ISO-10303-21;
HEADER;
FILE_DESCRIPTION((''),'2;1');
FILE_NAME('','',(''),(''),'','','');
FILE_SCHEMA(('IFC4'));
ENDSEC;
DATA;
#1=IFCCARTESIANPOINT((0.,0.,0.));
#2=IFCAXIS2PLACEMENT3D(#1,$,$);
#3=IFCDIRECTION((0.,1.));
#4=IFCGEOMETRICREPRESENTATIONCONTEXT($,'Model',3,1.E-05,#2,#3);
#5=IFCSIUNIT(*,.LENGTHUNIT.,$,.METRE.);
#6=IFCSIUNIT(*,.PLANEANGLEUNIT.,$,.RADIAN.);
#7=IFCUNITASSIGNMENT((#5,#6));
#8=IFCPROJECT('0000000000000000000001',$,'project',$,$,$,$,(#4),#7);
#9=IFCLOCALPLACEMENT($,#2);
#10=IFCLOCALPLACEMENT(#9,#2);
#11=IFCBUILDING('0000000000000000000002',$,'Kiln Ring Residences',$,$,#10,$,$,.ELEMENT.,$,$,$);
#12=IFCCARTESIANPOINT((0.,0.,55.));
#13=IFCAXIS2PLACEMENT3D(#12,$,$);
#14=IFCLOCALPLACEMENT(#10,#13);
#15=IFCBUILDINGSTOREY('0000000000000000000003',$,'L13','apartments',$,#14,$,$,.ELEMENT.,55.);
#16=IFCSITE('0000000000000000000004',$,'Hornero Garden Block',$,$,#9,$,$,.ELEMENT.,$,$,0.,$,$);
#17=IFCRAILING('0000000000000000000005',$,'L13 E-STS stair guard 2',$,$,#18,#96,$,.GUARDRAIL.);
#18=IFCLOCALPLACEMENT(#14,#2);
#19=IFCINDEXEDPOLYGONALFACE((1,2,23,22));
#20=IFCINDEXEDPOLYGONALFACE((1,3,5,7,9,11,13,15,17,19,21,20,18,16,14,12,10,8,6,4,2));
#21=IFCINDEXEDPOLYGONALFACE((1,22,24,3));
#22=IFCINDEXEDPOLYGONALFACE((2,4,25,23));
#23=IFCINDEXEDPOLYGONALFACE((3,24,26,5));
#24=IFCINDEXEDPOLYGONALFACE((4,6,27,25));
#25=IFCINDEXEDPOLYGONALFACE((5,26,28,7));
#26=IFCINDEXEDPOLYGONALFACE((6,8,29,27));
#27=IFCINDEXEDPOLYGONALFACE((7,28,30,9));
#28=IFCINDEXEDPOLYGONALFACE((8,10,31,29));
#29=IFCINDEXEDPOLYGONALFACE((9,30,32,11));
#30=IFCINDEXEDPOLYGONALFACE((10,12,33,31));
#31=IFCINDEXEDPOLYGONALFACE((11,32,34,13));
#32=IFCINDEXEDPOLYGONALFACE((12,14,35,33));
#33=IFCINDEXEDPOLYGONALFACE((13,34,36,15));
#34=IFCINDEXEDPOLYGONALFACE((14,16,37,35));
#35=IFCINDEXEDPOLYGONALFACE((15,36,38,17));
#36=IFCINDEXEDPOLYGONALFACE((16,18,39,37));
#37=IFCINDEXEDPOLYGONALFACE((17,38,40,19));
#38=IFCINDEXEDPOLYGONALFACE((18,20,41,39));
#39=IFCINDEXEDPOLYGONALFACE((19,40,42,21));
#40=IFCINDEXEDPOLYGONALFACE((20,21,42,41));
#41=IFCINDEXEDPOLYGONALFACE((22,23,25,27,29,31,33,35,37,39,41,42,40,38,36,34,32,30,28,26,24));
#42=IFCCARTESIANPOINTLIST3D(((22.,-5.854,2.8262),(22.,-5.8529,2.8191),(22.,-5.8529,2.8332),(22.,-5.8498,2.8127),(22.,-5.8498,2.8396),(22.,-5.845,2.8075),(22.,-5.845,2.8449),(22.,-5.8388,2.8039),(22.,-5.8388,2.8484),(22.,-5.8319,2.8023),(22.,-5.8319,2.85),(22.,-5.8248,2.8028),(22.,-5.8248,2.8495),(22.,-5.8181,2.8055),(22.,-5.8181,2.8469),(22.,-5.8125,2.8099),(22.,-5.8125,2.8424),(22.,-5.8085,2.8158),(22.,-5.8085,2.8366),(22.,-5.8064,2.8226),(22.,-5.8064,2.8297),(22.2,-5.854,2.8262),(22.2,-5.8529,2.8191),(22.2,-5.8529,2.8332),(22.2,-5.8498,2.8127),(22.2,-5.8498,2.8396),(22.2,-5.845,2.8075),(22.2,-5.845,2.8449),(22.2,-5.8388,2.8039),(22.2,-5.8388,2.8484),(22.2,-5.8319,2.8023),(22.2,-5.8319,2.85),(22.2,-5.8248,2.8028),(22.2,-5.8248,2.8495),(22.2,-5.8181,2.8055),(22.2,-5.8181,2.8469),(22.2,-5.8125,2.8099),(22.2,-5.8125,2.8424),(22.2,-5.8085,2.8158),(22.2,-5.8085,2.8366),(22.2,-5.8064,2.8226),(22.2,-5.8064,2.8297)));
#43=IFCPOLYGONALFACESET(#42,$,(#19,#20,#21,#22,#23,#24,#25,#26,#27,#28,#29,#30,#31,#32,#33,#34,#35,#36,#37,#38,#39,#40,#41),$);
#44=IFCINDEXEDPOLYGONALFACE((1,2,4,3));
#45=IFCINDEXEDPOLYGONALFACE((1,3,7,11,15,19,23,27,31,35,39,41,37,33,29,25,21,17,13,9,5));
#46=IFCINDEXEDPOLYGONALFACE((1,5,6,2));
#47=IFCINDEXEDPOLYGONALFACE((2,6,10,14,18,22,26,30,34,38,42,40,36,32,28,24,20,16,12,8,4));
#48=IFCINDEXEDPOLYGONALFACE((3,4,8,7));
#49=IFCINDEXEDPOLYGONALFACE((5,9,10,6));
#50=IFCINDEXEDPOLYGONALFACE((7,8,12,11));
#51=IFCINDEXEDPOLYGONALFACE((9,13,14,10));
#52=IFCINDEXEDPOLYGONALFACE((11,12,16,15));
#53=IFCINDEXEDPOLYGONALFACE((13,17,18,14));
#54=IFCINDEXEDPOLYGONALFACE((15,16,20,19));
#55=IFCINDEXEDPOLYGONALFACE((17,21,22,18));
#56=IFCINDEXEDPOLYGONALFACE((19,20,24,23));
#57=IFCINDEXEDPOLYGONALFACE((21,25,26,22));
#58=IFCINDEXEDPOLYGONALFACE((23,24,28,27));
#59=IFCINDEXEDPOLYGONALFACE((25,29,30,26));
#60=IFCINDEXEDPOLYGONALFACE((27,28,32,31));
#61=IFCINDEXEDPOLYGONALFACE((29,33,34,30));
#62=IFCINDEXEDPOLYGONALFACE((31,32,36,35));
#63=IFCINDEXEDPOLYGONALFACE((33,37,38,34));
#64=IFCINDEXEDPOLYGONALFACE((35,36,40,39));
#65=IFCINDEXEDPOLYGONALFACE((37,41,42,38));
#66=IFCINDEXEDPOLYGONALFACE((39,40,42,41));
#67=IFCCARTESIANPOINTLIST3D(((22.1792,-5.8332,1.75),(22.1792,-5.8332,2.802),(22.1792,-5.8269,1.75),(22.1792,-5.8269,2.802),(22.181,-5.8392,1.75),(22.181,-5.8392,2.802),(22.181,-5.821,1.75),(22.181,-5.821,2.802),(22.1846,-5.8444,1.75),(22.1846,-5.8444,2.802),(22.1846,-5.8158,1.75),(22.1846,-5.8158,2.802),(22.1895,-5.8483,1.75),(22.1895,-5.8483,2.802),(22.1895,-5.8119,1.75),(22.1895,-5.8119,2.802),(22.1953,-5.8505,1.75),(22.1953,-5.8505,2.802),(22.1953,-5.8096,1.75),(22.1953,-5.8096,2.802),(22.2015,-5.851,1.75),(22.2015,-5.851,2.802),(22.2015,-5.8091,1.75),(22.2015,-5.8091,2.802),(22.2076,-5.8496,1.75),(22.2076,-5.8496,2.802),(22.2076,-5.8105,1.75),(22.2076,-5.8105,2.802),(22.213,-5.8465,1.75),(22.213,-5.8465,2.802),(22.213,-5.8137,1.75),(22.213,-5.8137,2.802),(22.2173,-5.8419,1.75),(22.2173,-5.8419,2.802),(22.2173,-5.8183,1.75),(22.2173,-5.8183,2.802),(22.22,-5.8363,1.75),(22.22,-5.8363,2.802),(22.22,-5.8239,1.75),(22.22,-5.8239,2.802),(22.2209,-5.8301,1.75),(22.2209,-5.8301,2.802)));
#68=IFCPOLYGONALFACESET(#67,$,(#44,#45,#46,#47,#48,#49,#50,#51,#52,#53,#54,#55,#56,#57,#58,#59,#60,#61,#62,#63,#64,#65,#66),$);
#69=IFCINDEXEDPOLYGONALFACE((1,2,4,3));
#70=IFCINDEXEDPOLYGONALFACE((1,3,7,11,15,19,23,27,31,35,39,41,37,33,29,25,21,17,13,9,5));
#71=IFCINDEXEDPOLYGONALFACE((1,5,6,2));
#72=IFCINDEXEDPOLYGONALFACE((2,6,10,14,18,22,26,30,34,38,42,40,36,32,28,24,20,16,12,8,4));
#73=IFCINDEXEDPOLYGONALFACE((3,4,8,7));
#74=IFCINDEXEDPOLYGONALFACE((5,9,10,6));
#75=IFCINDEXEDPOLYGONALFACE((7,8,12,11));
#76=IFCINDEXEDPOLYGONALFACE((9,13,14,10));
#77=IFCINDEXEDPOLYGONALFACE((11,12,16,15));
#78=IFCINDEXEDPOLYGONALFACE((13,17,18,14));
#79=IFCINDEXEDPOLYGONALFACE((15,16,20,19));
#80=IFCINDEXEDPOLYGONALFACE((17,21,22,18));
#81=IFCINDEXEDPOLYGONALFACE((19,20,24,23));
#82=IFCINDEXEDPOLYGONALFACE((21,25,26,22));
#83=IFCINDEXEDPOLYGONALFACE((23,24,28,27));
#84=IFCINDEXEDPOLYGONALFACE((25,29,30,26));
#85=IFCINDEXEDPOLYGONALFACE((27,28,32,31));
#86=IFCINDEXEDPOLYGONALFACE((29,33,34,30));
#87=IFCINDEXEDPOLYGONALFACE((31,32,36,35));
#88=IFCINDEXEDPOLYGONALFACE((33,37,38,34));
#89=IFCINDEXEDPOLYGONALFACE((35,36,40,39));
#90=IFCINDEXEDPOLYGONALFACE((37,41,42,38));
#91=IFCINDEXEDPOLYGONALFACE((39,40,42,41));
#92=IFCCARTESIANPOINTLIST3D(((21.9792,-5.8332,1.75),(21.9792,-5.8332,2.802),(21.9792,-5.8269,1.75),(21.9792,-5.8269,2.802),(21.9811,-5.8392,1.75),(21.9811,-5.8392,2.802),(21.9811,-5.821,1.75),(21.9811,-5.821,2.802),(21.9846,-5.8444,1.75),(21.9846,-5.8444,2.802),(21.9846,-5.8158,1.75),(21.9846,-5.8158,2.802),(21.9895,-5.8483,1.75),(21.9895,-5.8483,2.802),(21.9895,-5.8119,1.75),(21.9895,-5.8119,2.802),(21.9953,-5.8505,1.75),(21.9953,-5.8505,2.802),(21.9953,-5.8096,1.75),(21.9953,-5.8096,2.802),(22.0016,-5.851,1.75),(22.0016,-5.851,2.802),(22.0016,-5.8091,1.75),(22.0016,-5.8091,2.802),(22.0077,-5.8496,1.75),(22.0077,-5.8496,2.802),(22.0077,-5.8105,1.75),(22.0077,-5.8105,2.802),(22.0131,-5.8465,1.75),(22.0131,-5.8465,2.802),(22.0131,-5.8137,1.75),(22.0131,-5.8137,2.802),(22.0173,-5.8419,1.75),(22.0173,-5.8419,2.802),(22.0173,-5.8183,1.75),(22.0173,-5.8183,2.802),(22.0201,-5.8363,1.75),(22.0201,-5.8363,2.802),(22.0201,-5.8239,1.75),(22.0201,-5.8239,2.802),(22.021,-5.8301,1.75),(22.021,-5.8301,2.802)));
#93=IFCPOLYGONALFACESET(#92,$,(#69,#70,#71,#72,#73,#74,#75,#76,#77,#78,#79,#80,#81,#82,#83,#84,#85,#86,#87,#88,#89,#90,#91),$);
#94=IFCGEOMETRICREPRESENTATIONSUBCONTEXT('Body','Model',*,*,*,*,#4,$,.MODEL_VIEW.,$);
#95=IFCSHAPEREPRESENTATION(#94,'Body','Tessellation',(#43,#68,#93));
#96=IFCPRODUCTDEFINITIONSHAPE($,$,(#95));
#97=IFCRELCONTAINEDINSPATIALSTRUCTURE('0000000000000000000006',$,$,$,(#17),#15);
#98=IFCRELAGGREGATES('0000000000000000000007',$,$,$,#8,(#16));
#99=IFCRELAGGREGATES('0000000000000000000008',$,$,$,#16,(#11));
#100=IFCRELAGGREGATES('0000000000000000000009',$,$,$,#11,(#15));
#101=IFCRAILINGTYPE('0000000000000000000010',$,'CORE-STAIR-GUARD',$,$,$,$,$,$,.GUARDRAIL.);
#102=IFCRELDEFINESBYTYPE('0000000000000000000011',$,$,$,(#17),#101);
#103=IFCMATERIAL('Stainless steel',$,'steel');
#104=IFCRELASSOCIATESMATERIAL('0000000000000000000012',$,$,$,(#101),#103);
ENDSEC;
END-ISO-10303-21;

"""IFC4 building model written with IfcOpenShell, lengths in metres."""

from ifc_helpers import new_model, si_unit, direction, frame, origin, origin_2d, place, context, subcontext, project, spatial, circle, extrude, material, type_object, element, save


model = new_model("IFC4")

# Units and contexts
model_context = context("Model", 3, precision=1e-05, world=origin(), true_north=direction((0.0, 1.0)))
body_context = subcontext(model_context, "Body", "Model", "MODEL_VIEW")
ifc_project = project(units=[si_unit("LENGTHUNIT", "METRE"), si_unit("PLANEANGLEUNIT", "RADIAN")], contexts=[model_context])

# Site, building, storey
site_placement = place(None, origin())
site = spatial("IfcSite", under=ifc_project, at=site_placement, Name="Hornero Garden Block", CompositionType="ELEMENT", RefElevation=0.0)
building_placement = place(site_placement, origin())
building = spatial("IfcBuilding", under=site, at=building_placement, Name="Kiln Ring Residences", CompositionType="ELEMENT")
storey_placement = place(building_placement, frame((0.0, 0.0, 55.0)))
storey = spatial("IfcBuildingStorey", under=building, at=storey_placement, Name="L13", Description="apartments", CompositionType="ELEMENT", Elevation=55.0)

# Railing
ifc_material_1 = material(Name="Stainless steel", Category="steel")
railing_type_1 = type_object("IfcRailingType", Name="CORE-STAIR-GUARD", PredefinedType="GUARDRAIL", material=ifc_material_1)
railing_1_placement = place(storey_placement, frame((22.2, -5.8301, 1.75)))
element("IfcRailing", 1, at=railing_1_placement, inside=storey, type_object=railing_type_1, Name="L13 E-STS stair guard 2", PredefinedType="GUARDRAIL", context=body_context, shape_type="SweptSolid", body=[
    extrude(circle(Radius=0.0239, at=origin_2d()), frame((0.0, 0.0, 1.0762), z_axis=(-1.0, 0.0, 0.0), x_axis=(0.0, -1.0, 0.0)), (0.0, 0.0, 1.0), 0.2),
    extrude(circle(Radius=0.021, at=origin_2d()), origin(), (0.0, 0.0, 1.0), 1.052),
    extrude(circle(Radius=0.021, at=origin_2d()), frame((-0.2, 0.0, 0.0)), (0.0, 0.0, 1.0), 1.052),
])

save(model, "model.ifc")
